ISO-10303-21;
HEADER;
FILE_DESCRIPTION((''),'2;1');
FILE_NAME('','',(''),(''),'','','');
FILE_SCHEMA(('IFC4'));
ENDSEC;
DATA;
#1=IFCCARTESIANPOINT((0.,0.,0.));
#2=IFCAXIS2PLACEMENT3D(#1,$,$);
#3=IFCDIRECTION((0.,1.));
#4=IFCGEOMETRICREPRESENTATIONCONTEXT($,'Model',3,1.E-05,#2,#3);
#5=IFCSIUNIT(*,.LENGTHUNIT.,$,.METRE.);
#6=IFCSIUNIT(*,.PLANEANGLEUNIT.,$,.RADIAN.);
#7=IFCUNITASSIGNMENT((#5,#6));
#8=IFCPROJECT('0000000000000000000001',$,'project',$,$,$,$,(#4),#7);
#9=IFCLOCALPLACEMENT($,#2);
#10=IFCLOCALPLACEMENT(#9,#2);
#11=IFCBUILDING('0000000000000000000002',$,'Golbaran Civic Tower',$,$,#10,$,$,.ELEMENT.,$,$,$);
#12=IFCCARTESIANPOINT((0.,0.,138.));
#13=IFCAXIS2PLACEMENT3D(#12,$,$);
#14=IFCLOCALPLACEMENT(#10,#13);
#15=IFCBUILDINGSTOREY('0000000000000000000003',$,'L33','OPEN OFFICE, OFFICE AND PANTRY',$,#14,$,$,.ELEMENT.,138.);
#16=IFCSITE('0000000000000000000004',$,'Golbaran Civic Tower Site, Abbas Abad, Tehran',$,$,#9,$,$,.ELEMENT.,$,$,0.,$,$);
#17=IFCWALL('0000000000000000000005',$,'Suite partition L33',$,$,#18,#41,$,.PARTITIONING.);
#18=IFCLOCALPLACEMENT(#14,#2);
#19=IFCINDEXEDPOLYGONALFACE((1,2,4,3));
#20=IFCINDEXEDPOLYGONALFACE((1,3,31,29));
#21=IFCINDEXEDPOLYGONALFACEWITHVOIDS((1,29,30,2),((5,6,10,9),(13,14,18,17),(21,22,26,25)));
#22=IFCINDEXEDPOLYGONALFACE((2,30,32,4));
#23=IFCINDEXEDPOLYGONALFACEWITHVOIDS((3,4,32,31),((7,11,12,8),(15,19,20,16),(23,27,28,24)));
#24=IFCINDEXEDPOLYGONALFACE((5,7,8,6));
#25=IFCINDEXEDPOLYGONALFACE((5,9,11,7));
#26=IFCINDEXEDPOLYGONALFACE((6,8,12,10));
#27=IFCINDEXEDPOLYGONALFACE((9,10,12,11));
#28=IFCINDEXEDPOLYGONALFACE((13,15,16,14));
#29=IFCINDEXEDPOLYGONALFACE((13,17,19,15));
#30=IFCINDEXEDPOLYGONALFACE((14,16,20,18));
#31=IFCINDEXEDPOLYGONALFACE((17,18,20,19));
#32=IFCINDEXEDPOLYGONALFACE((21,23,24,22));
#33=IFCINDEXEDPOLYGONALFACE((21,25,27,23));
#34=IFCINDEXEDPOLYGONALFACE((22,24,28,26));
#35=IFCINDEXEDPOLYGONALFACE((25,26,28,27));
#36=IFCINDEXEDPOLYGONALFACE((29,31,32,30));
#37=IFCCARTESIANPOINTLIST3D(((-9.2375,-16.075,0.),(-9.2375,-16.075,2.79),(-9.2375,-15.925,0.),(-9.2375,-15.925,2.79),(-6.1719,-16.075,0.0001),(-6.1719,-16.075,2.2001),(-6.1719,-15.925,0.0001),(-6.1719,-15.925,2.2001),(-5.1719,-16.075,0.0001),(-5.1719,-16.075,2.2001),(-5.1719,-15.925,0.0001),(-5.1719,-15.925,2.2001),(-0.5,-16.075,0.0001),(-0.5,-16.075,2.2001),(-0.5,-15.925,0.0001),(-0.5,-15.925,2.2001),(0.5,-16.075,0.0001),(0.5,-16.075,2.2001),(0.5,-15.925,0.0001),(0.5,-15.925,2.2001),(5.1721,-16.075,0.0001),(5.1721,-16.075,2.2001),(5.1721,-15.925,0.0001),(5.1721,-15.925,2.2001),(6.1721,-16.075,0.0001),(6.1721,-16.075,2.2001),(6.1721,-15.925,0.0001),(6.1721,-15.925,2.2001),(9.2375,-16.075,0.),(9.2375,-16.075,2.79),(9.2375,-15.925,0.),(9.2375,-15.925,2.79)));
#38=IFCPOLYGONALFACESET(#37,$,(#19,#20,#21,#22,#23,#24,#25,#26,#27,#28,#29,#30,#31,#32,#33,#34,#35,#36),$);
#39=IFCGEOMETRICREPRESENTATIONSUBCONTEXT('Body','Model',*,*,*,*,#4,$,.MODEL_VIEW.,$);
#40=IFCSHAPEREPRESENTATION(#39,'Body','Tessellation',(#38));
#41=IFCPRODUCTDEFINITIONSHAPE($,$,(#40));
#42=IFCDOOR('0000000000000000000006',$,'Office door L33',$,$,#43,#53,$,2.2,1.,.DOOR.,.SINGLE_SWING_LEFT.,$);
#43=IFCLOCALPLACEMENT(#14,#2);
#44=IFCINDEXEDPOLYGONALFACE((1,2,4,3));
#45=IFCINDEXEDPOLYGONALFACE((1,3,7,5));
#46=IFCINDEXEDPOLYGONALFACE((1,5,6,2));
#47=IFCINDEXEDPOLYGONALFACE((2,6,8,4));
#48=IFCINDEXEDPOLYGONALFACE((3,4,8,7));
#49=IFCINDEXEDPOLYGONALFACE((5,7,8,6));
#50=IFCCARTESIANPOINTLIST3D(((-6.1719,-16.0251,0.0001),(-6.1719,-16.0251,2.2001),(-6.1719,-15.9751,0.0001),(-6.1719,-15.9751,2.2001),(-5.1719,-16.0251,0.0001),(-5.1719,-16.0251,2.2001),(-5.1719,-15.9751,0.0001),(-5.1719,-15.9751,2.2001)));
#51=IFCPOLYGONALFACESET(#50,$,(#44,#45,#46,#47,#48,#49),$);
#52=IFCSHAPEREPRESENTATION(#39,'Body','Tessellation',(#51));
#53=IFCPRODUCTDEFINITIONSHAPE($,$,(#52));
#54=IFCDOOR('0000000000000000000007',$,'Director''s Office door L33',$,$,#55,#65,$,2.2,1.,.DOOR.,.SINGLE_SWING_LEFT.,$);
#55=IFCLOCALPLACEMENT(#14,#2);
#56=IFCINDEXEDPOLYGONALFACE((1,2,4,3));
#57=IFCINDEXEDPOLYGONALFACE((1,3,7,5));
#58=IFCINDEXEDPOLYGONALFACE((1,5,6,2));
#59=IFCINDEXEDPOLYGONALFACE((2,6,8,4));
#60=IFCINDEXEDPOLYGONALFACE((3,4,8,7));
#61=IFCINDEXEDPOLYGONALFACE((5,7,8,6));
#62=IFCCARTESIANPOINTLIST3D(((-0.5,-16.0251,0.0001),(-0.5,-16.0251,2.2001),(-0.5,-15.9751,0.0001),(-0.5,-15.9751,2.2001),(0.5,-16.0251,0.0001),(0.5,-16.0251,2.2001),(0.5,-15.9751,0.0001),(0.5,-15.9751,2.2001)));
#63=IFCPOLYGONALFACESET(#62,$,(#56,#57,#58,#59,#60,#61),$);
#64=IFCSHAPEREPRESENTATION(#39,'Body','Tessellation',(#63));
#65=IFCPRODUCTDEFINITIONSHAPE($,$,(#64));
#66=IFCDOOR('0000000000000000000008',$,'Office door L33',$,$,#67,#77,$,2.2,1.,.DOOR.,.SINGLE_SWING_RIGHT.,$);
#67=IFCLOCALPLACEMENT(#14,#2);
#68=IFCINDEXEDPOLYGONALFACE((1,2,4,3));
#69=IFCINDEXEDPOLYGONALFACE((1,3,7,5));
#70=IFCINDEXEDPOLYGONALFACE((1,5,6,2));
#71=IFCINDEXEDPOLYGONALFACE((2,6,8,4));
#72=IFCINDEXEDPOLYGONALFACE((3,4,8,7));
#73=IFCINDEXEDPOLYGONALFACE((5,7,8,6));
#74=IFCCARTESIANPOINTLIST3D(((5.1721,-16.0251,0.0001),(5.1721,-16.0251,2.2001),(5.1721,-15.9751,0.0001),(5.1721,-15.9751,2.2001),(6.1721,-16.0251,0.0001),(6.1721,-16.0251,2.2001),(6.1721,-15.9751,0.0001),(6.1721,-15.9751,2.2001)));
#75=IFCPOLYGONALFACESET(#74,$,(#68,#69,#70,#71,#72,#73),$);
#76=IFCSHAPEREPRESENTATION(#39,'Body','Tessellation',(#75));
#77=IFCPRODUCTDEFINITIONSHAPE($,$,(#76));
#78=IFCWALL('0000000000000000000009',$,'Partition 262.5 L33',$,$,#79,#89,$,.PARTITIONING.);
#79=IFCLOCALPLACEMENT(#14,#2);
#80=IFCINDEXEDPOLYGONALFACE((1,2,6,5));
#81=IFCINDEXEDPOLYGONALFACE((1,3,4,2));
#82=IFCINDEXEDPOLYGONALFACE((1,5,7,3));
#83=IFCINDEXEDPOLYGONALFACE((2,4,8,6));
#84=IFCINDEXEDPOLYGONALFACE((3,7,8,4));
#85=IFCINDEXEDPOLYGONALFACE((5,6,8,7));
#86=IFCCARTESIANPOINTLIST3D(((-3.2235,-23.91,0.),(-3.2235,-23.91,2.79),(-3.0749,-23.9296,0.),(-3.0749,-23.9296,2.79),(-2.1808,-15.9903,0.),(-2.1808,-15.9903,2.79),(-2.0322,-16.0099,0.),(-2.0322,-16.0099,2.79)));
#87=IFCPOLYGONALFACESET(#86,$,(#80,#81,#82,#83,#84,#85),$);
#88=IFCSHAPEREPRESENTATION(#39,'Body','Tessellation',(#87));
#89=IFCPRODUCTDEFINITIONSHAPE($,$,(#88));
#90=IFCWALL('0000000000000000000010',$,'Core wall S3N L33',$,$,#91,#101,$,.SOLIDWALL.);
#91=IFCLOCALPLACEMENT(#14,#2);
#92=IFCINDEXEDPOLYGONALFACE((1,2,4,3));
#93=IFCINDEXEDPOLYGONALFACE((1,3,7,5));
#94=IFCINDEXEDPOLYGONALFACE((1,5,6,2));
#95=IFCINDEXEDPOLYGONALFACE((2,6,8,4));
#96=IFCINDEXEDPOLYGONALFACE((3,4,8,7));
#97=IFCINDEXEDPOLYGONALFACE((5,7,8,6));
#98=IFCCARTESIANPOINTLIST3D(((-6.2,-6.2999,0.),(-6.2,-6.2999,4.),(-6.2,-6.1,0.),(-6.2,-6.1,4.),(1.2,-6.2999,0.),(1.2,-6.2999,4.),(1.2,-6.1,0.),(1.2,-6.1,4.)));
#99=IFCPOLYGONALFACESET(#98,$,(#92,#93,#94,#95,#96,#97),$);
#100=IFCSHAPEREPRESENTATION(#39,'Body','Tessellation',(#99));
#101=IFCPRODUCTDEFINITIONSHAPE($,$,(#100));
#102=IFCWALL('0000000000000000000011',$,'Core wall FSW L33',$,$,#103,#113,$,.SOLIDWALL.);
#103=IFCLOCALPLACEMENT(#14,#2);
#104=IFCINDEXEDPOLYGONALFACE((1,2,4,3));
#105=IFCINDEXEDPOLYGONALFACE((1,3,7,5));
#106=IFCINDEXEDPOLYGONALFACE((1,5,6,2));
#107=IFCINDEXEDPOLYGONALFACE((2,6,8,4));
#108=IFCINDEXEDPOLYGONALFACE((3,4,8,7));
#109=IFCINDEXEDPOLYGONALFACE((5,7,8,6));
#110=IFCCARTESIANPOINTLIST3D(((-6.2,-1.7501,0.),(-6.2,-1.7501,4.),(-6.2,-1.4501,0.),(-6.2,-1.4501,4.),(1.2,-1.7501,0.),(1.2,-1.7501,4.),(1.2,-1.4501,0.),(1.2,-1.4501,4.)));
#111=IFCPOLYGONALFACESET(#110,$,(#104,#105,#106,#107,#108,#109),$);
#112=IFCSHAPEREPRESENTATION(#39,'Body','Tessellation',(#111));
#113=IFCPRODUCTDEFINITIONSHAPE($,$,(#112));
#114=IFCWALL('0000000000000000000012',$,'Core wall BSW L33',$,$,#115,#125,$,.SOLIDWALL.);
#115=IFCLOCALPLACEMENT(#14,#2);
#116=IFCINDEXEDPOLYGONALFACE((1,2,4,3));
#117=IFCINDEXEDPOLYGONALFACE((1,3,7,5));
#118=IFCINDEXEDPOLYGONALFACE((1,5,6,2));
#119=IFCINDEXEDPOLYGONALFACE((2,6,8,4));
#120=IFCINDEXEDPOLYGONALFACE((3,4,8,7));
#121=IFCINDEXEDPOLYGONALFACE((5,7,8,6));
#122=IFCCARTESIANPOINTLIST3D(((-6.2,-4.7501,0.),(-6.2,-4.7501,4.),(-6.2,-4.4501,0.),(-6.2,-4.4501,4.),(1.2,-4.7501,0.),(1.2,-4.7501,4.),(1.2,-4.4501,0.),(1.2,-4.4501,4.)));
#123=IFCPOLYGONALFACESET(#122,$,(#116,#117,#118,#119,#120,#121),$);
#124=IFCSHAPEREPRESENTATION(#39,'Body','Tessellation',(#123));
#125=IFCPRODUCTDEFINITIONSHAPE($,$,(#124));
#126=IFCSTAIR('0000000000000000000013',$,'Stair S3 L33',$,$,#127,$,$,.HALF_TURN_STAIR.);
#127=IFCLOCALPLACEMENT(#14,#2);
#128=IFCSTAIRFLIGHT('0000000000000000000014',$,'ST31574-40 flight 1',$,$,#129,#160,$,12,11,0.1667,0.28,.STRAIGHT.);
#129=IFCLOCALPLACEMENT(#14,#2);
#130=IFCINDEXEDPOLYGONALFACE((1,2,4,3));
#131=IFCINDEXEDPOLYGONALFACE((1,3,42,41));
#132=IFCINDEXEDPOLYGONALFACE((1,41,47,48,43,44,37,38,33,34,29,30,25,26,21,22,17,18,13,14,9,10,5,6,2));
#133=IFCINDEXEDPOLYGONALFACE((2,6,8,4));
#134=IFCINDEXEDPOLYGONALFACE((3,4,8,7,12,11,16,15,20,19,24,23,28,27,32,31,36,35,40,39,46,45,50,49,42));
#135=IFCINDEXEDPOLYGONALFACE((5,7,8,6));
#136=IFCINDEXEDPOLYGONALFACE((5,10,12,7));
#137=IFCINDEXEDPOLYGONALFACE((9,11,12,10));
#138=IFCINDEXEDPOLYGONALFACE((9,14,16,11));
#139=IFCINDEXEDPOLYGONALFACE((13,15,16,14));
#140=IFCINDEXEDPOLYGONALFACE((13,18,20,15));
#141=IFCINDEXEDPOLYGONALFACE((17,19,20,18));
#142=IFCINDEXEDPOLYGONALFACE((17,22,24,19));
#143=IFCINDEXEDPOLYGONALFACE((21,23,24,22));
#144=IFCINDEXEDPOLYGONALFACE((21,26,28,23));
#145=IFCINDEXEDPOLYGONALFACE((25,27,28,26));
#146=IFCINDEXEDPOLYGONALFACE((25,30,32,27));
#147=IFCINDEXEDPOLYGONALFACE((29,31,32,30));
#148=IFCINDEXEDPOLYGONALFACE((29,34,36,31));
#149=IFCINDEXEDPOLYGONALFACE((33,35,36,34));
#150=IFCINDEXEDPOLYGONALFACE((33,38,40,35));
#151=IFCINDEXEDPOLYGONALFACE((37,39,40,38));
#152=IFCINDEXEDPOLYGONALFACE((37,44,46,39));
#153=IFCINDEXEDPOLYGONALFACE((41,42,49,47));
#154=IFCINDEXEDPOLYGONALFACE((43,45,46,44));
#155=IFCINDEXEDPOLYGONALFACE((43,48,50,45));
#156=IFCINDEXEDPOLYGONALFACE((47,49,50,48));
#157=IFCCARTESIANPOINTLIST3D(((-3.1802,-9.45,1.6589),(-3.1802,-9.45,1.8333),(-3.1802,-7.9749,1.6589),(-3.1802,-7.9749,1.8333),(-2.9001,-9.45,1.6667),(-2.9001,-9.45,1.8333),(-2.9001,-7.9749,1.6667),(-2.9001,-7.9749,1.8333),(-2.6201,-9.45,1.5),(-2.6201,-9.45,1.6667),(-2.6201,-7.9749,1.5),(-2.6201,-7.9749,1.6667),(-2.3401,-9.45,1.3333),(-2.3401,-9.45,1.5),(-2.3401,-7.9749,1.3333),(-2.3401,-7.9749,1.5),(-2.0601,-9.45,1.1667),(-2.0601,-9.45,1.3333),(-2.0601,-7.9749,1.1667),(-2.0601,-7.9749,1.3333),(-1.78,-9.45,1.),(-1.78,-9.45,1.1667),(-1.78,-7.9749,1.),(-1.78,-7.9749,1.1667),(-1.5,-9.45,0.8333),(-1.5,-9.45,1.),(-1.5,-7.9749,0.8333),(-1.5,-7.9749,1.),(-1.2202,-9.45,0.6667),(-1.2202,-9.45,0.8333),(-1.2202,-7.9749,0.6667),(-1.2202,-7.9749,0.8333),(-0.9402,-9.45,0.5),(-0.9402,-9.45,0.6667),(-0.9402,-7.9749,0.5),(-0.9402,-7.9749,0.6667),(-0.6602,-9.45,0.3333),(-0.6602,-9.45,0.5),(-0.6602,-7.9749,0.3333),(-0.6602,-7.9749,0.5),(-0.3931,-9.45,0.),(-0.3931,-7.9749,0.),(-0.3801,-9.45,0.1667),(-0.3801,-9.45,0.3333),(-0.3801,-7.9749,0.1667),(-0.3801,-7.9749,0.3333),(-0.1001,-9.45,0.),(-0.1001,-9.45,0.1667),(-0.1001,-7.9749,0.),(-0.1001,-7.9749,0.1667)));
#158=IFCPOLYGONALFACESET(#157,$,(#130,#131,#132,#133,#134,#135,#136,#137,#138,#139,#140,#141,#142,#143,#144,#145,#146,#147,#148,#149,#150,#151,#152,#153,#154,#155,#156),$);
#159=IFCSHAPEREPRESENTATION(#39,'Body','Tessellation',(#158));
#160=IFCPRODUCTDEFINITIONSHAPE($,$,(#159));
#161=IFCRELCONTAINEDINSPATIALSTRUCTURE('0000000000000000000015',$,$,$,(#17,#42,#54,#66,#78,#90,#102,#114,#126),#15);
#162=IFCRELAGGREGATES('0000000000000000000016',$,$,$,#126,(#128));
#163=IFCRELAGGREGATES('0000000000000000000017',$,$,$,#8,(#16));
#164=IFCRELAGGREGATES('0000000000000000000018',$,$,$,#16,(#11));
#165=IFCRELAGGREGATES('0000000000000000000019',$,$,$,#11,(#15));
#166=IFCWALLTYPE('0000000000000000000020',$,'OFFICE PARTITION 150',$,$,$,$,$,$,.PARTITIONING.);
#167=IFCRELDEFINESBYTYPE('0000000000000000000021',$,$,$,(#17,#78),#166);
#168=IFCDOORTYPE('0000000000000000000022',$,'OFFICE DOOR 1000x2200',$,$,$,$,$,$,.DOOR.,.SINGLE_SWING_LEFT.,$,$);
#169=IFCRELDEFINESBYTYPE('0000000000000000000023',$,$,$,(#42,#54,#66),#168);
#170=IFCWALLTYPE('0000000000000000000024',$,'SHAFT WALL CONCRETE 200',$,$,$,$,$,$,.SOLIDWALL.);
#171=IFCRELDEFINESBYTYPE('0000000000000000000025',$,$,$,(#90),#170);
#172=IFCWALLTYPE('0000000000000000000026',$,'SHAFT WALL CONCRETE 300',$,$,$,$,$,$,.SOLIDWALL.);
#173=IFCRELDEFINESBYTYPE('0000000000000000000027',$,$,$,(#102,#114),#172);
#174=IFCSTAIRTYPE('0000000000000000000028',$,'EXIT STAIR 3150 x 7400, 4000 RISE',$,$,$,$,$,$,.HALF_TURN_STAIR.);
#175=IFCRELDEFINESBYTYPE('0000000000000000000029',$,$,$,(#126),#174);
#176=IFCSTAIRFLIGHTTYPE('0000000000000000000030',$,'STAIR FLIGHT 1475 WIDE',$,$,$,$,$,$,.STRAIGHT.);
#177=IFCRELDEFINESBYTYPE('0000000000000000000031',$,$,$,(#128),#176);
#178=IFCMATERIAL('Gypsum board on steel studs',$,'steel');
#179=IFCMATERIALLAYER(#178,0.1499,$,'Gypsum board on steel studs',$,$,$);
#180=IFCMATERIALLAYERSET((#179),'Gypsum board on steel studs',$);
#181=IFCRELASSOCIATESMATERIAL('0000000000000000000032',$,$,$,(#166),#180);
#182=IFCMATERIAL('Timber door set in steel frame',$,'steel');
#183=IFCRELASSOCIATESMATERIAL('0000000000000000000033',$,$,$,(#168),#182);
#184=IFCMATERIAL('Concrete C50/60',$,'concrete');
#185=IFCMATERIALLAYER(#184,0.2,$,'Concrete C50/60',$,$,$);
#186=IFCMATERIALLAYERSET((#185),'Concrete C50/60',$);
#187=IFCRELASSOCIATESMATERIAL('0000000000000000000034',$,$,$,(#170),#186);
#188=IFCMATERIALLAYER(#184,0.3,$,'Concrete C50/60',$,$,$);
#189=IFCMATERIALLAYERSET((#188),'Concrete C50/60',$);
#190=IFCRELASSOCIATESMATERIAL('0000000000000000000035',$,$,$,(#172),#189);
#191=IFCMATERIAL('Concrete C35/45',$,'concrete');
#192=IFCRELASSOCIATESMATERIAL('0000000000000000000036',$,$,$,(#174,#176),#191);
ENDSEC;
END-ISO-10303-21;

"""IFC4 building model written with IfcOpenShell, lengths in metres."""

from ifc_helpers import new_model, si_unit, direction, frame, frame_2d, origin, place, context, subcontext, project, spatial, polyline, rectangle, outline, extrude, material, layer, layer_set, type_object, element, fill, aggregate, save


model = new_model("IFC4")

# Units and contexts
model_context = context("Model", 3, precision=1e-05, world=origin(), true_north=direction((0.0, 1.0)))
body_context = subcontext(model_context, "Body", "Model", "MODEL_VIEW")
ifc_project = project(units=[si_unit("LENGTHUNIT", "METRE"), si_unit("PLANEANGLEUNIT", "RADIAN")], contexts=[model_context])

# Site, building, storey
site_placement = place(None, origin())
site = spatial("IfcSite", under=ifc_project, at=site_placement, Name="Golbaran Civic Tower Site, Abbas Abad, Tehran", CompositionType="ELEMENT", RefElevation=0.0)
building_placement = place(site_placement, origin())
building = spatial("IfcBuilding", under=site, at=building_placement, Name="Golbaran Civic Tower", CompositionType="ELEMENT")
storey_placement = place(building_placement, frame((0.0, 0.0, 138.0)))
storey = spatial("IfcBuildingStorey", under=building, at=storey_placement, Name="L33", Description="OPEN OFFICE, OFFICE AND PANTRY", CompositionType="ELEMENT", Elevation=138.0)

# Shared definitions
ifc_material_1 = material(Name="Concrete C50/60", Category="concrete")
ifc_material_2 = material(Name="Timber door set in steel frame", Category="steel")

# Shared definitions
ifc_material_3 = material(Name="Gypsum board on steel studs", Category="steel")
ifc_layer_1 = layer(ifc_material_3, 0.1499, Name="Gypsum board on steel studs")
ifc_layer_set_1 = layer_set([ifc_layer_1], Name="Gypsum board on steel studs")
wall_type_1 = type_object("IfcWallType", Name="OFFICE PARTITION 150", PredefinedType="PARTITIONING", material=ifc_layer_set_1)

# Wall, openings, doors
wall_1_placement = place(storey_placement, frame((-9.2375, -16.0, 0.0), z_axis=(0.0, 0.0, 1.0), x_axis=(1.0, 0.0, 0.0)))
wall_1 = element("IfcWall", 1, at=wall_1_placement, inside=storey, type_object=wall_type_1, Name="Suite partition L33", PredefinedType="PARTITIONING", context=body_context, shape_type="SweptSolid", body=[
    extrude(rectangle(XDim=18.4751, YDim=0.1499, at=frame_2d((9.2375, 0.0))), origin(), (0.0, 0.0, 1.0), 2.79),
])
opening_1_placement = place(wall_1_placement, frame((3.0657, 0.0, 0.0)))
opening_1 = element("IfcOpeningElement", 2, at=opening_1_placement, cuts=wall_1, PredefinedType="OPENING", context=body_context, shape_type="SweptSolid", body=[
    extrude(rectangle(XDim=1.0, YDim=2.2, at=frame_2d((0.5, 1.1001))), frame((0.0, 0.085, 0.0), z_axis=(0.0, -1.0, 0.0), x_axis=(1.0, 0.0, 0.0)), (0.0, 0.0, 1.0), 0.1699),
])
opening_2_placement = place(wall_1_placement, frame((8.7375, 0.0, 0.0)))
opening_2 = element("IfcOpeningElement", 3, at=opening_2_placement, cuts=wall_1, PredefinedType="OPENING", context=body_context, shape_type="SweptSolid", body=[
    extrude(rectangle(XDim=1.0, YDim=2.2, at=frame_2d((0.5, 1.1001))), frame((0.0, 0.085, 0.0), z_axis=(0.0, -1.0, 0.0), x_axis=(1.0, 0.0, 0.0)), (0.0, 0.0, 1.0), 0.1699),
])
opening_3_placement = place(wall_1_placement, frame((14.4097, 0.0, 0.0)))
opening_3 = element("IfcOpeningElement", 4, at=opening_3_placement, cuts=wall_1, PredefinedType="OPENING", context=body_context, shape_type="SweptSolid", body=[
    extrude(rectangle(XDim=1.0, YDim=2.2, at=frame_2d((0.5, 1.1001))), frame((0.0, 0.085, 0.0), z_axis=(0.0, -1.0, 0.0), x_axis=(1.0, 0.0, 0.0)), (0.0, 0.0, 1.0), 0.1699),
])
door_type_1 = type_object("IfcDoorType", Name="OFFICE DOOR 1000x2200", OperationType="SINGLE_SWING_LEFT", PredefinedType="DOOR", material=ifc_material_2)
door_1_placement = place(opening_1_placement, origin())
door_1 = element("IfcDoor", 5, at=door_1_placement, inside=storey, type_object=door_type_1, Name="Office door L33", OperationType="SINGLE_SWING_LEFT", OverallHeight=2.2, OverallWidth=1.0, PredefinedType="DOOR", context=body_context, shape_type="SweptSolid", body=[
    extrude(rectangle(XDim=1.0, YDim=2.2, at=frame_2d((0.5, 1.1001))), frame((0.0, 0.0249, 0.0), z_axis=(0.0, -1.0, 0.0), x_axis=(1.0, 0.0, 0.0)), (0.0, 0.0, 1.0), 0.05),
])
fill(opening_1, door_1)
door_2_placement = place(opening_2_placement, origin())
door_2 = element("IfcDoor", 6, at=door_2_placement, inside=storey, type_object=door_type_1, Name="Director's Office door L33", OperationType="SINGLE_SWING_LEFT", OverallHeight=2.2, OverallWidth=1.0, PredefinedType="DOOR", context=body_context, shape_type="SweptSolid", body=[
    extrude(rectangle(XDim=1.0, YDim=2.2, at=frame_2d((0.5, 1.1001))), frame((0.0, 0.0249, 0.0), z_axis=(0.0, -1.0, 0.0), x_axis=(1.0, 0.0, 0.0)), (0.0, 0.0, 1.0), 0.05),
])
fill(opening_2, door_2)
door_3_placement = place(opening_3_placement, origin())
door_3 = element("IfcDoor", 7, at=door_3_placement, inside=storey, type_object=door_type_1, Name="Office door L33", OperationType="SINGLE_SWING_RIGHT", OverallHeight=2.2, OverallWidth=1.0, PredefinedType="DOOR", context=body_context, shape_type="SweptSolid", body=[
    extrude(rectangle(XDim=1.0, YDim=2.2, at=frame_2d((0.5, 1.1001))), frame((0.0, 0.0249, 0.0), z_axis=(0.0, -1.0, 0.0), x_axis=(1.0, 0.0, 0.0)), (0.0, 0.0, 1.0), 0.05),
])
fill(opening_3, door_3)

# Walls
wall_2_placement = place(storey_placement, frame((-2.1064, -16.0, 0.0), z_axis=(0.0, 0.0, 1.0), x_axis=(-0.130536, -0.991444, 0.0)))
element("IfcWall", 8, at=wall_2_placement, inside=storey, type_object=wall_type_1, Name="Partition 262.5 L33", PredefinedType="PARTITIONING", context=body_context, shape_type="SweptSolid", body=[
    extrude(rectangle(XDim=7.988, YDim=0.1499, at=frame_2d((3.9941, 0.0))), origin(), (0.0, 0.0, 1.0), 2.79),
])
ifc_layer_2 = layer(ifc_material_1, 0.2, Name="Concrete C50/60")
ifc_layer_set_2 = layer_set([ifc_layer_2], Name="Concrete C50/60")
wall_type_2 = type_object("IfcWallType", Name="SHAFT WALL CONCRETE 200", PredefinedType="SOLIDWALL", material=ifc_layer_set_2)
wall_3_placement = place(storey_placement, frame((-6.2, -6.2, 0.0), z_axis=(0.0, 0.0, 1.0), x_axis=(1.0, 0.0, 0.0)))
element("IfcWall", 9, at=wall_3_placement, inside=storey, type_object=wall_type_2, Name="Core wall S3N L33", PredefinedType="SOLIDWALL", context=body_context, shape_type="SweptSolid", body=[
    extrude(rectangle(XDim=7.3999, YDim=0.2, at=frame_2d((3.7, 0.0))), origin(), (0.0, 0.0, 1.0), 4.0),
])
ifc_layer_3 = layer(ifc_material_1, 0.3, Name="Concrete C50/60")
ifc_layer_set_3 = layer_set([ifc_layer_3], Name="Concrete C50/60")
wall_type_3 = type_object("IfcWallType", Name="SHAFT WALL CONCRETE 300", PredefinedType="SOLIDWALL", material=ifc_layer_set_3)
for number, where, z_axis, x_axis, name in (
    (10, (-6.2, -1.6001, 0.0), (0.0, 0.0, 1.0), (1.0, 0.0, 0.0), "Core wall FSW L33"),
    (11, (-6.2, -4.6001, 0.0), (0.0, 0.0, 1.0), (1.0, 0.0, 0.0), "Core wall BSW L33"),
):
    element("IfcWall", number, at=place(storey_placement, frame(where, z_axis=z_axis, x_axis=x_axis)), inside=storey, type_object=wall_type_3, Name=name, PredefinedType="SOLIDWALL", context=body_context, shape_type="SweptSolid", body=[
        extrude(rectangle(XDim=7.3999, YDim=0.3, at=frame_2d((3.7, 0.0))), origin(), (0.0, 0.0, 1.0), 4.0),
    ])

# Stair, stair flight
ifc_material_4 = material(Name="Concrete C35/45", Category="concrete")
stair_type = type_object("IfcStairType", Name="EXIT STAIR 3150 x 7400, 4000 RISE", PredefinedType="HALF_TURN_STAIR", material=ifc_material_4)
stair_placement = place(storey_placement, origin())
stair = element("IfcStair", 12, at=stair_placement, inside=storey, type_object=stair_type, Name="Stair S3 L33", PredefinedType="HALF_TURN_STAIR")
stair_flight_type = type_object("IfcStairFlightType", Name="STAIR FLIGHT 1475 WIDE", PredefinedType="STRAIGHT", material=ifc_material_4)
stair_flight_1_placement = place(storey_placement, frame((-0.1001, -8.7124, 0.0), z_axis=(0.0, 0.0, 1.0), x_axis=(-1.0, 0.0, 0.0)))
stair_flight_1 = element("IfcStairFlight", 13, at=stair_flight_1_placement, type_object=stair_flight_type, Name="ST31574-40 flight 1", NumberOfRisers=12, NumberOfTreads=11, PredefinedType="STRAIGHT", RiserHeight=0.1667, TreadLength=0.28, context=body_context, shape_type="SweptSolid", body=[
    extrude(outline(polyline([(0.0, 0.0), (0.0, 0.1667), (0.28, 0.1667), (0.28, 0.3333), (0.5601, 0.3333), (0.5601, 0.5), (0.8401, 0.5), (0.8401, 0.6667), (1.1201, 0.6667), (1.1201, 0.8333), (1.3999, 0.8333), (1.3999, 1.0), (1.6799, 1.0), (1.6799, 1.1667), (1.96, 1.1667), (1.96, 1.3333), (2.24, 1.3333), (2.24, 1.5), (2.52, 1.5), (2.52, 1.6667), (2.8, 1.6667), (2.8, 1.8333), (3.0801, 1.8333), (3.0801, 2.0), (3.0801, 1.6589), (0.293, 0.0), (0.0, 0.0)])), frame((0.0, 0.7375, 0.0), z_axis=(0.0, -1.0, 0.0), x_axis=(1.0, 0.0, 0.0)), (0.0, 0.0, 1.0), 1.4751),
])
aggregate(stair, [stair_flight_1])

save(model, "model.ifc")
